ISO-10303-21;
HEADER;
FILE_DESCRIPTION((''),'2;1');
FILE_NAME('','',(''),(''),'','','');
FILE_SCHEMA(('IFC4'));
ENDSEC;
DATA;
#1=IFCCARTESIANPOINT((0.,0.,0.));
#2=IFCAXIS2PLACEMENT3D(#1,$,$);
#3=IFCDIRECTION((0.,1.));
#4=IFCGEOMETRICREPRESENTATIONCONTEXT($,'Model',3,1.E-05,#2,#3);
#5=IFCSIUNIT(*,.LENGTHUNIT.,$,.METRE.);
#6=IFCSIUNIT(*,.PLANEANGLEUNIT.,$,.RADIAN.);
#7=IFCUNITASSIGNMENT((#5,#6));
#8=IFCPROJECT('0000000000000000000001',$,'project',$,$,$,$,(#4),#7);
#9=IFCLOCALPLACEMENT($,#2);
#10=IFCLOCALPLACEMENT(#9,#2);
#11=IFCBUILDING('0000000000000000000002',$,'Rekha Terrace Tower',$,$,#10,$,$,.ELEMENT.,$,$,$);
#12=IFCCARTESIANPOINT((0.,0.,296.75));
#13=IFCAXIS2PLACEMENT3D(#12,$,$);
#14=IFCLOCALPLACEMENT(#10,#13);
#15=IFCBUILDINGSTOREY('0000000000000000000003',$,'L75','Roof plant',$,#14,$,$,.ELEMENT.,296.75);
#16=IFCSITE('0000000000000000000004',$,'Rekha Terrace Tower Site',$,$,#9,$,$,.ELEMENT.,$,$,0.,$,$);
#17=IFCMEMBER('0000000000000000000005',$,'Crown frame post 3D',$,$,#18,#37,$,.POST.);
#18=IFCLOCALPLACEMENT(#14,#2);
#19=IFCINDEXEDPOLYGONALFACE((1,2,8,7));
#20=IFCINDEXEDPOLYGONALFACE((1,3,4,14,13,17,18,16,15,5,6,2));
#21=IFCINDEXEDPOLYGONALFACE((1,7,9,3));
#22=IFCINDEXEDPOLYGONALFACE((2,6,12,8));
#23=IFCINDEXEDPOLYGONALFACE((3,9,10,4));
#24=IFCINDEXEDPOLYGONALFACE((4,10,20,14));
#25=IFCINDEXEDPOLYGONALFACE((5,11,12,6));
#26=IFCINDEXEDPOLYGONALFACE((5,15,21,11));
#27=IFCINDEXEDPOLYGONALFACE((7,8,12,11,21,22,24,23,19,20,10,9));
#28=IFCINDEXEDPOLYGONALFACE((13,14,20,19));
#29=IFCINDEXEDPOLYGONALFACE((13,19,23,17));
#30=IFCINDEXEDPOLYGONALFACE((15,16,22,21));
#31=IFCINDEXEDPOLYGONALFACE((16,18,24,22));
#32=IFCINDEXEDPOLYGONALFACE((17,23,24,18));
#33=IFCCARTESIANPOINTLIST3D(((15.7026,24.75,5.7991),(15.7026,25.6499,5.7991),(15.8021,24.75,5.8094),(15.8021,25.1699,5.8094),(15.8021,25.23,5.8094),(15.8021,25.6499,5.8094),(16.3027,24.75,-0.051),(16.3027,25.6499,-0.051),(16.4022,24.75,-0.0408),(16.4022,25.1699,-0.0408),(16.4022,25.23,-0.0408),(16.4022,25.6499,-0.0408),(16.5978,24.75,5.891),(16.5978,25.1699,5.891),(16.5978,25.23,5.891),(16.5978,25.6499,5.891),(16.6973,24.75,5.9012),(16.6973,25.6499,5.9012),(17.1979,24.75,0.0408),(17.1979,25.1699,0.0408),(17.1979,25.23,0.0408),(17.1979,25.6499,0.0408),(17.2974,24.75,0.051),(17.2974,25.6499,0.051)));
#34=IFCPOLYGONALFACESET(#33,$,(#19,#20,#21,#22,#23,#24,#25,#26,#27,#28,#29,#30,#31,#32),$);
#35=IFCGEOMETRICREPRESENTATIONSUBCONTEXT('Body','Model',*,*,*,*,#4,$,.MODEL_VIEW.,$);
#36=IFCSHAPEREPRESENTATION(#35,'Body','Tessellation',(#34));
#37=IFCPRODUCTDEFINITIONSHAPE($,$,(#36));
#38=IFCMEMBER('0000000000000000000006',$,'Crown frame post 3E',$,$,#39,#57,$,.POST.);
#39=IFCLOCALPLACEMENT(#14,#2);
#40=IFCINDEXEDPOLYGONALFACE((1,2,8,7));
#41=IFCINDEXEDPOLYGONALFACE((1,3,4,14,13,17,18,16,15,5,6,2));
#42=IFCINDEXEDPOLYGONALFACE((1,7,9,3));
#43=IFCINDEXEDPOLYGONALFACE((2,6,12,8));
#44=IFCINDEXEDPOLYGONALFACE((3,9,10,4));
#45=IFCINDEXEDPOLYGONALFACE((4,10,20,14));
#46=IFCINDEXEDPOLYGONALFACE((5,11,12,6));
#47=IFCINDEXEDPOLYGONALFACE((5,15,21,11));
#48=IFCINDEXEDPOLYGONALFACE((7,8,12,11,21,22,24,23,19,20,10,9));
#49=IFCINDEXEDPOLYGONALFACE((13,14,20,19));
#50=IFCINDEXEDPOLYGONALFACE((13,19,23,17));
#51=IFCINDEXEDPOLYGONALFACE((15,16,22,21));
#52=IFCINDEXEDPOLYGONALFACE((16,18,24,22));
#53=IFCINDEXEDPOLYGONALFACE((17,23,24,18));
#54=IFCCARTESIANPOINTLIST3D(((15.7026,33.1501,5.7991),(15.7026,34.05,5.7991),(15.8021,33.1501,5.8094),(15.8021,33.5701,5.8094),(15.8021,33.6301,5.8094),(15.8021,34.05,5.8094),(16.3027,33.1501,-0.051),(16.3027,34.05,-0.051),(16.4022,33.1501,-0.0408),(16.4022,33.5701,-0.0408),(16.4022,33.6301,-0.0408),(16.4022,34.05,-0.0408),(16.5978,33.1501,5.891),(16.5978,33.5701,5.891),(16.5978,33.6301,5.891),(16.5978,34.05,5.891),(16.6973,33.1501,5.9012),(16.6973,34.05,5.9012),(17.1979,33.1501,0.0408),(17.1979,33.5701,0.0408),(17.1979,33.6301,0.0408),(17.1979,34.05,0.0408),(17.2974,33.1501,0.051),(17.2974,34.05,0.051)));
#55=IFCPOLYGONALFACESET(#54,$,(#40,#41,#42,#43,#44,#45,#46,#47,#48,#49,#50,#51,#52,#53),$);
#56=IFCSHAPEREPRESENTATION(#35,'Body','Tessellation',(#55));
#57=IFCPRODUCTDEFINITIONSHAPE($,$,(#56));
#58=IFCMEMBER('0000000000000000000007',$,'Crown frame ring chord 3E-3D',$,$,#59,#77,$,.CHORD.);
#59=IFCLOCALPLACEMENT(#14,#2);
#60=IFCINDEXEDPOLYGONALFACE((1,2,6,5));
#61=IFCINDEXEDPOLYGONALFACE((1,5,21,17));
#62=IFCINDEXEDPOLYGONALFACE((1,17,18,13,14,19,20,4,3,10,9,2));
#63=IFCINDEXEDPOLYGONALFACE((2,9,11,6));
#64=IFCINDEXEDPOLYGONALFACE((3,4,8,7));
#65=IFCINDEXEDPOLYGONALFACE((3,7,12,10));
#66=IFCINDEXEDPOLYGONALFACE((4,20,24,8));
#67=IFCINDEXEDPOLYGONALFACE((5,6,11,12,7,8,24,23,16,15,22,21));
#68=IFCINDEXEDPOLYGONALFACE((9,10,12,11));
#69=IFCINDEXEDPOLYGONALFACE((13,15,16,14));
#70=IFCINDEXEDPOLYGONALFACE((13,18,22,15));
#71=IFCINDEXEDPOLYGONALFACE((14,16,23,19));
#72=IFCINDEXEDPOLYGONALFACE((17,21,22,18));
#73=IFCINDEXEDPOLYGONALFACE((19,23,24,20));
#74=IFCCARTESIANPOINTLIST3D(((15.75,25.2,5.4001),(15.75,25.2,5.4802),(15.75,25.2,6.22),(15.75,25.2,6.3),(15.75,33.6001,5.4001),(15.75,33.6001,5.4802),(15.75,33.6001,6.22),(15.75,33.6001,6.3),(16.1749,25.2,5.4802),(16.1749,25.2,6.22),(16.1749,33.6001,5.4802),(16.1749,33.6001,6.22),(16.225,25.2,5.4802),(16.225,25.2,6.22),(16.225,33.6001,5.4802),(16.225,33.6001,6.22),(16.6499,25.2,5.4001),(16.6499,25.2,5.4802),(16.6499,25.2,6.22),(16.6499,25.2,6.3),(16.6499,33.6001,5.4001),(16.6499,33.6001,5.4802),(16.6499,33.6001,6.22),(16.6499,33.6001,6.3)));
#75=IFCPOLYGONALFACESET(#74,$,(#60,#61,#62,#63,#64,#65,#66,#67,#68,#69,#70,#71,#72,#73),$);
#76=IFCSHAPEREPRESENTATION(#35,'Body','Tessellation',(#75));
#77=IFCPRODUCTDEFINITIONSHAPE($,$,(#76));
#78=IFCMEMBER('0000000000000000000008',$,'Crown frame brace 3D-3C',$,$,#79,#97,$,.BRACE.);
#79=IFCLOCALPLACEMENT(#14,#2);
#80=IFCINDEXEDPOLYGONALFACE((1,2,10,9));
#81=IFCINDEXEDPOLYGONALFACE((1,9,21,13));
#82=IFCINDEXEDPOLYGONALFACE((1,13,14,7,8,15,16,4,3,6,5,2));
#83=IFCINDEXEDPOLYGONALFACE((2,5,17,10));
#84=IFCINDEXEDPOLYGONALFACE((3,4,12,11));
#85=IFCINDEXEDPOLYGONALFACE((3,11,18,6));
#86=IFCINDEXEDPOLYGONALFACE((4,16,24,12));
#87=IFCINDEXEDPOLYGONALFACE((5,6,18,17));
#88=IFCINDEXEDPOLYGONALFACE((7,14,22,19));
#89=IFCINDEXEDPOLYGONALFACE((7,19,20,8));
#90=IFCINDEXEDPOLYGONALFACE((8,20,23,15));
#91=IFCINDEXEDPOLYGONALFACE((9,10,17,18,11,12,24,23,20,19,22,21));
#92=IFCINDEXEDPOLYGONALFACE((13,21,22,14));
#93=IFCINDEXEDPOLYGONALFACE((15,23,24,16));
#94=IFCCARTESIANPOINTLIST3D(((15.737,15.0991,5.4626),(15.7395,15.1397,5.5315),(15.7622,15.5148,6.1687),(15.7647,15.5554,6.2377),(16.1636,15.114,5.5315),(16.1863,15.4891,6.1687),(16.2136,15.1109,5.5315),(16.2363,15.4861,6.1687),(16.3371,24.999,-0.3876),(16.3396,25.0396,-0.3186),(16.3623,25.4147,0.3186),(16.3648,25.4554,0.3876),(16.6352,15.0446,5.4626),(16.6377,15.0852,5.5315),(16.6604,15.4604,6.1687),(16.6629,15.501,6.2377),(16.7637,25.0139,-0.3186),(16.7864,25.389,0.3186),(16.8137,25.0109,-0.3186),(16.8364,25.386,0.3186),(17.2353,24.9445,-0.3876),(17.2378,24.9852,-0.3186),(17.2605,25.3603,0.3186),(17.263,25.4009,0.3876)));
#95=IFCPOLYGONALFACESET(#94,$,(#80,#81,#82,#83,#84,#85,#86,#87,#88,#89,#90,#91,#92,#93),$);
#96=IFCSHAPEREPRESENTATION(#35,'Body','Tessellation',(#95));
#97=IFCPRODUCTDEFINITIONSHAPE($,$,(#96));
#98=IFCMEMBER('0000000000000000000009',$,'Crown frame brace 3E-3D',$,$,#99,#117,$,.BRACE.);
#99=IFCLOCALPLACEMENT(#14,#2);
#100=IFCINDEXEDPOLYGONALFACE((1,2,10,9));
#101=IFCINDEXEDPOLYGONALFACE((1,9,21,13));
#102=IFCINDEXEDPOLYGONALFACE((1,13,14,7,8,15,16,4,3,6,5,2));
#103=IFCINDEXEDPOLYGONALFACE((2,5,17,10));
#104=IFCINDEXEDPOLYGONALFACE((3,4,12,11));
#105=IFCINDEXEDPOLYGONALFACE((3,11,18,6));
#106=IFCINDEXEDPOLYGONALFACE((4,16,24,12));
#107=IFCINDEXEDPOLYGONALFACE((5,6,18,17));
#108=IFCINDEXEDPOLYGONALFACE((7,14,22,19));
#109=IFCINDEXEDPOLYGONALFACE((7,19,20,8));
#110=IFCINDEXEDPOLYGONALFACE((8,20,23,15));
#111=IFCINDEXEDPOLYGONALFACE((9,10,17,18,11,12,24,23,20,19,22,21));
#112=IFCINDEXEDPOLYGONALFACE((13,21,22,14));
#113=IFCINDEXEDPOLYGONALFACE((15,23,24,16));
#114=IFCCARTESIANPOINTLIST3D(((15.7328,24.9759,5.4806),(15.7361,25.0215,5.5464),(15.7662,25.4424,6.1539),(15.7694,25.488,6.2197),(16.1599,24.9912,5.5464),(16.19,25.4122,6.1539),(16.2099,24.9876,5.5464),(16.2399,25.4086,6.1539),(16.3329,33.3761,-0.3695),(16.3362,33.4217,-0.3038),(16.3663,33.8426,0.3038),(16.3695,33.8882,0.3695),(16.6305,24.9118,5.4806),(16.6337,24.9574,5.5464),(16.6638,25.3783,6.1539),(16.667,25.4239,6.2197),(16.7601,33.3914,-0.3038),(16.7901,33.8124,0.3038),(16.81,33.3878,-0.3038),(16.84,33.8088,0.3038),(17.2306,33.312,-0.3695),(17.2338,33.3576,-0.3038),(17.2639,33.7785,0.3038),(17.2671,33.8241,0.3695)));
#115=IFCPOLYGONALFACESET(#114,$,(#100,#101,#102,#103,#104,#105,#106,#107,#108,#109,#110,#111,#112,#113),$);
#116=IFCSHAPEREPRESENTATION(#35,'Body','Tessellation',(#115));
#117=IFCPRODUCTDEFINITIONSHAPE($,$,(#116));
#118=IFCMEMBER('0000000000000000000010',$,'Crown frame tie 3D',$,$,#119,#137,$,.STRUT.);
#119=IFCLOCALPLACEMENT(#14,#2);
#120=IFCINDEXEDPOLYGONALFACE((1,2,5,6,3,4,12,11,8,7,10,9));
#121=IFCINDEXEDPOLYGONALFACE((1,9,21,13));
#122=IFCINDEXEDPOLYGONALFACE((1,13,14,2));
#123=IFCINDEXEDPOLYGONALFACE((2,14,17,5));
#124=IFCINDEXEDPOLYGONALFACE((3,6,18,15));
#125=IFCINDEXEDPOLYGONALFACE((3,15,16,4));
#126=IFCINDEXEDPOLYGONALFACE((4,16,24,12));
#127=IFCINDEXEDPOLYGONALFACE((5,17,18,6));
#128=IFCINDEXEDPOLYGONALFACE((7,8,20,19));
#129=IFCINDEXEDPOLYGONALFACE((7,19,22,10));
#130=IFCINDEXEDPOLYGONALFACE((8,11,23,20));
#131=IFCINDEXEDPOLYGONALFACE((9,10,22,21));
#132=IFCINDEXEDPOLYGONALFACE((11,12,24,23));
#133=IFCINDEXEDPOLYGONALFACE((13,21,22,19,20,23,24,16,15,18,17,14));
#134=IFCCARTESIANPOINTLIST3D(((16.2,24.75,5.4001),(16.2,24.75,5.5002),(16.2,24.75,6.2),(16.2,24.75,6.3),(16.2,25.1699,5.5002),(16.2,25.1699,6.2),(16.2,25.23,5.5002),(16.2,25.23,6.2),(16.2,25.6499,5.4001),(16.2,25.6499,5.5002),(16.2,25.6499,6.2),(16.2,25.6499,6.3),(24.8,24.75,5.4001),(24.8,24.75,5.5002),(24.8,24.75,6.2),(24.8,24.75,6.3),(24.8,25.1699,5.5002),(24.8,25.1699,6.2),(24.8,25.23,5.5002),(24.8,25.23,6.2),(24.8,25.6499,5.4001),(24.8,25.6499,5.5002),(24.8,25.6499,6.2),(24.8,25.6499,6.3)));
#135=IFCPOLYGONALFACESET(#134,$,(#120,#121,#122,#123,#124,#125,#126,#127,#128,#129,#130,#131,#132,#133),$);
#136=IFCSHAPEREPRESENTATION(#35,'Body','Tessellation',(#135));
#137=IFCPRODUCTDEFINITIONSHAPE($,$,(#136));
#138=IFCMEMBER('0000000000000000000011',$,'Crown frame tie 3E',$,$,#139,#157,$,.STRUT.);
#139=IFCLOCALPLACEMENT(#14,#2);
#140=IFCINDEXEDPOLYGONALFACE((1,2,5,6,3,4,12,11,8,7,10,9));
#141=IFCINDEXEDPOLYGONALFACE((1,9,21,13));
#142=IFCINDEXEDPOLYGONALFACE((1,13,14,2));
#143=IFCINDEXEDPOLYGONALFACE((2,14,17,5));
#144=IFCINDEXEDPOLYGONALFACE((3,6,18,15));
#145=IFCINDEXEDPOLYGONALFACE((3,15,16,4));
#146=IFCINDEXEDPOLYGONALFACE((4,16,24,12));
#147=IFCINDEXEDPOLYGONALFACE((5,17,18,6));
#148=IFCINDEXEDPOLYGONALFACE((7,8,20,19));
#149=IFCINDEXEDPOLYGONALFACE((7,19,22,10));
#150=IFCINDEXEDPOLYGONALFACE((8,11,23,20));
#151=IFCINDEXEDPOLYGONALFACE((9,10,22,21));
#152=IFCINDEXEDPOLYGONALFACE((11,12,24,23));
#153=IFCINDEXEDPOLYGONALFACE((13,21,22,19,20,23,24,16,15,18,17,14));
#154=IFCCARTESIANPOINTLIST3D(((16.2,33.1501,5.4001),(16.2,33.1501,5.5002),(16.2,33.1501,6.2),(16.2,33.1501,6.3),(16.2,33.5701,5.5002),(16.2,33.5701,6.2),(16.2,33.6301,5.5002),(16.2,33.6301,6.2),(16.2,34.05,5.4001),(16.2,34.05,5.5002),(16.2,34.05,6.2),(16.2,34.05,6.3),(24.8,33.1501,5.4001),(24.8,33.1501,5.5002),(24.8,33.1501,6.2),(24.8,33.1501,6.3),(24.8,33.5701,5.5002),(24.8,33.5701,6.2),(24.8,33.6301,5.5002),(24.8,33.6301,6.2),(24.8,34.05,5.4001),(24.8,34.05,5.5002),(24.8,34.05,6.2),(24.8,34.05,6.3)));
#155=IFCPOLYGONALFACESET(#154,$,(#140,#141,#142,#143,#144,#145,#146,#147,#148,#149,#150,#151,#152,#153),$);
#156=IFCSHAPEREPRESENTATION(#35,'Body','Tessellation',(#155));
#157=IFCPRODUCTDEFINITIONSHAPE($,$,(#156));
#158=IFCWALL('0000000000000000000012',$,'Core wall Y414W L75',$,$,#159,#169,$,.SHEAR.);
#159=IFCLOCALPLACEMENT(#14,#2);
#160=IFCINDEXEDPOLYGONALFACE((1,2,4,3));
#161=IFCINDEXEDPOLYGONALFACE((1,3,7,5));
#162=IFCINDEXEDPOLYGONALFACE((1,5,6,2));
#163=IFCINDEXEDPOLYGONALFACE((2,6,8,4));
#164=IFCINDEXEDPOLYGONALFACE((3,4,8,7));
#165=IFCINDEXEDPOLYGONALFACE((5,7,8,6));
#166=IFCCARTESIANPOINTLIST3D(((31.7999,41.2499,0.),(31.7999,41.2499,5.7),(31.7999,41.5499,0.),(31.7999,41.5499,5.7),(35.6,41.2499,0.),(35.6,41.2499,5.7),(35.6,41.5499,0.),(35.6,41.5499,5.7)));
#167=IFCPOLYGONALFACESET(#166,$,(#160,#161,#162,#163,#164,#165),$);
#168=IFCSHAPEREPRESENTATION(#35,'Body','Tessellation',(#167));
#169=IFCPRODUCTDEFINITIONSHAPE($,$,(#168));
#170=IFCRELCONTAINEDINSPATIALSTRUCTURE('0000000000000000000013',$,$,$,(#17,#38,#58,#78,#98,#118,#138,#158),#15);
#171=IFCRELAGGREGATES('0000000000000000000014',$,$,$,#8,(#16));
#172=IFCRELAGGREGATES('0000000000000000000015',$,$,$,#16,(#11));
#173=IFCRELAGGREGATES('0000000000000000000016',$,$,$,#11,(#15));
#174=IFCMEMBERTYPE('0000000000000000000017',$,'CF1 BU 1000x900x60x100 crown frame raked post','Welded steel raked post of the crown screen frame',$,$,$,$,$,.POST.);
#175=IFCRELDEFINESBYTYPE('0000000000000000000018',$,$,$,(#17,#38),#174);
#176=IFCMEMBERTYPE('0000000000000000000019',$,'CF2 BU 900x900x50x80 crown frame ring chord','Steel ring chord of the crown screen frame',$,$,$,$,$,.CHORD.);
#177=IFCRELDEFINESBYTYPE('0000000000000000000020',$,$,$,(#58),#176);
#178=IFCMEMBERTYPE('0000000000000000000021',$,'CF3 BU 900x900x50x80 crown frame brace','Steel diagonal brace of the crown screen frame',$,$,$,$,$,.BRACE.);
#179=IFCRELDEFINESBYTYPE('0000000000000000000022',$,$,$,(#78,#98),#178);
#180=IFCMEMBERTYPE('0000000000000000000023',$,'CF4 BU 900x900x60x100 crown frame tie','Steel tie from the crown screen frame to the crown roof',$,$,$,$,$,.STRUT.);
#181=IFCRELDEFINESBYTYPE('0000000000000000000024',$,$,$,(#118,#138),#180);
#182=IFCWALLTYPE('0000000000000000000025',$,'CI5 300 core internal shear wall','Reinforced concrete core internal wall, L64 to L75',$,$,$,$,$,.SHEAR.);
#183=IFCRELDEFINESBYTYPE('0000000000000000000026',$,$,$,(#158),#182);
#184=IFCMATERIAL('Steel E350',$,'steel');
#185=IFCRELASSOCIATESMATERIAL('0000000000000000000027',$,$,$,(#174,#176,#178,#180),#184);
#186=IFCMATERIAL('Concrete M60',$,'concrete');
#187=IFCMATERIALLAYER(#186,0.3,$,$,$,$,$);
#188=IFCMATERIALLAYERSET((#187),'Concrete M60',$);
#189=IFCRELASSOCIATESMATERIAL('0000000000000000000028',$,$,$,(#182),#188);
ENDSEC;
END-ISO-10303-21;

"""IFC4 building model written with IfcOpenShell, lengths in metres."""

from ifc_helpers import new_model, si_unit, direction, frame, frame_2d, origin, origin_2d, place, context, subcontext, project, spatial, rectangle, i_section, extrude, material, layer, layer_set, material_profile, profile_set, type_object, element, save


model = new_model("IFC4")

# Units and contexts
model_context = context("Model", 3, precision=1e-05, world=origin(), true_north=direction((0.0, 1.0)))
body_context = subcontext(model_context, "Body", "Model", "MODEL_VIEW")
ifc_project = project(units=[si_unit("LENGTHUNIT", "METRE"), si_unit("PLANEANGLEUNIT", "RADIAN")], contexts=[model_context])

# Site, building, storey
site_placement = place(None, origin())
site = spatial("IfcSite", under=ifc_project, at=site_placement, Name="Rekha Terrace Tower Site", CompositionType="ELEMENT", RefElevation=0.0)
building_placement = place(site_placement, origin())
building = spatial("IfcBuilding", under=site, at=building_placement, Name="Rekha Terrace Tower", CompositionType="ELEMENT")
storey_placement = place(building_placement, frame((0.0, 0.0, 296.75)))
storey = spatial("IfcBuildingStorey", under=building, at=storey_placement, Name="L75", Description="Roof plant", CompositionType="ELEMENT", Elevation=296.75)

# Members
ifc_material_1 = material(Name="Steel E350", Category="steel")
ifc_material_profile_1 = material_profile(ifc_material_1, i_section(OverallWidth=0.8999, OverallDepth=1.0, WebThickness=0.0601, FlangeThickness=0.1001, at=origin_2d()), Name="BU 1000x900x60x100")
ifc_profile_set_1 = profile_set([ifc_material_profile_1], Name="Steel E350")
member_type_1 = type_object("IfcMemberType", Name="CF1 BU 1000x900x60x100 crown frame raked post", Description="Welded steel raked post of the crown screen frame", PredefinedType="POST", material=ifc_profile_set_1)
for number, where, z_axis, x_axis, name in (
    (1, (16.8, 25.2, 0.0), (-0.102044, 0.0, 0.99478), (0.0, -1.0, 0.0), "Crown frame post 3D"),
    (2, (16.8, 33.6001, 0.0), (-0.102044, 0.0, 0.99478), (0.0, -1.0, 0.0), "Crown frame post 3E"),
):
    element("IfcMember", number, at=place(storey_placement, frame(where, z_axis=z_axis, x_axis=x_axis)), inside=storey, type_object=member_type_1, Name=name, PredefinedType="POST", context=body_context, shape_type="SweptSolid", body=[
        extrude(i_section(OverallWidth=0.8999, OverallDepth=1.0, WebThickness=0.0601, FlangeThickness=0.1001, at=origin_2d()), origin(), (0.0, 0.0, 1.0), 5.8809),
    ])
ifc_material_profile_2 = material_profile(ifc_material_1, i_section(OverallWidth=0.8999, OverallDepth=0.8999, WebThickness=0.05, FlangeThickness=0.0801, at=origin_2d()), Name="BU 900x900x50x80")
ifc_profile_set_2 = profile_set([ifc_material_profile_2], Name="Steel E350")
member_type_2 = type_object("IfcMemberType", Name="CF2 BU 900x900x50x80 crown frame ring chord", Description="Steel ring chord of the crown screen frame", PredefinedType="CHORD", material=ifc_profile_set_2)
member_1_placement = place(storey_placement, frame((16.2, 33.6001, 5.8501), z_axis=(0.0, -1.0, 0.0), x_axis=(1.0, 0.0, 0.0)))
element("IfcMember", 3, at=member_1_placement, inside=storey, type_object=member_type_2, Name="Crown frame ring chord 3E-3D", PredefinedType="CHORD", context=body_context, shape_type="SweptSolid", body=[
    extrude(i_section(OverallWidth=0.8999, OverallDepth=0.8999, WebThickness=0.05, FlangeThickness=0.0801, at=origin_2d()), origin(), (0.0, 0.0, 1.0), 8.4001),
])
ifc_material_profile_3 = material_profile(ifc_material_1, i_section(OverallWidth=0.8999, OverallDepth=0.8999, WebThickness=0.05, FlangeThickness=0.0801, at=origin_2d()), Name="BU 900x900x50x80")
ifc_profile_set_3 = profile_set([ifc_material_profile_3], Name="Steel E350")
member_type_3 = type_object("IfcMemberType", Name="CF3 BU 900x900x50x80 crown frame brace", Description="Steel diagonal brace of the crown screen frame", PredefinedType="BRACE", material=ifc_profile_set_3)
member_2_placement = place(storey_placement, frame((16.8, 25.2, 0.0), z_axis=(-0.052115, -0.859751, 0.508048), x_axis=(0.998168, -0.060505, 0.0)))
element("IfcMember", 4, at=member_2_placement, inside=storey, type_object=member_type_3, Name="Crown frame brace 3D-3C", PredefinedType="BRACE", context=body_context, shape_type="SweptSolid", body=[
    extrude(i_section(OverallWidth=0.8999, OverallDepth=0.8999, WebThickness=0.05, FlangeThickness=0.0801, at=origin_2d()), origin(), (0.0, 0.0, 1.0), 11.5149),
])
member_3_placement = place(storey_placement, frame((16.8, 33.6001, 0.0), z_axis=(-0.058523, -0.8192, 0.570514), x_axis=(0.997458, -0.071257, 0.0)))
element("IfcMember", 5, at=member_3_placement, inside=storey, type_object=member_type_3, Name="Crown frame brace 3E-3D", PredefinedType="BRACE", context=body_context, shape_type="SweptSolid", body=[
    extrude(i_section(OverallWidth=0.8999, OverallDepth=0.8999, WebThickness=0.05, FlangeThickness=0.0801, at=origin_2d()), origin(), (0.0, 0.0, 1.0), 10.2542),
])
ifc_material_profile_4 = material_profile(ifc_material_1, i_section(OverallWidth=0.8999, OverallDepth=0.8999, WebThickness=0.0601, FlangeThickness=0.1001, at=origin_2d()), Name="BU 900x900x60x100")
ifc_profile_set_4 = profile_set([ifc_material_profile_4], Name="Steel E350")
member_type_4 = type_object("IfcMemberType", Name="CF4 BU 900x900x60x100 crown frame tie", Description="Steel tie from the crown screen frame to the crown roof", PredefinedType="STRUT", material=ifc_profile_set_4)
for number, where, z_axis, x_axis, name in (
    (6, (16.2, 25.2, 5.8501), (1.0, 0.0, 0.0), (0.0, 1.0, 0.0), "Crown frame tie 3D"),
    (7, (16.2, 33.6001, 5.8501), (1.0, 0.0, 0.0), (0.0, 1.0, 0.0), "Crown frame tie 3E"),
):
    element("IfcMember", number, at=place(storey_placement, frame(where, z_axis=z_axis, x_axis=x_axis)), inside=storey, type_object=member_type_4, Name=name, PredefinedType="STRUT", context=body_context, shape_type="SweptSolid", body=[
        extrude(i_section(OverallWidth=0.8999, OverallDepth=0.8999, WebThickness=0.0601, FlangeThickness=0.1001, at=origin_2d()), origin(), (0.0, 0.0, 1.0), 8.6001),
    ])

# Wall
ifc_material_2 = material(Name="Concrete M60", Category="concrete")
ifc_layer_1 = layer(ifc_material_2, 0.3)
ifc_layer_set_1 = layer_set([ifc_layer_1], Name="Concrete M60")
wall_type_1 = type_object("IfcWallType", Name="CI5 300 core internal shear wall", Description="Reinforced concrete core internal wall, L64 to L75", PredefinedType="SHEAR", material=ifc_layer_set_1)
wall_1_placement = place(storey_placement, frame((31.8, 41.3999, 0.0), z_axis=(0.0, 0.0, 1.0), x_axis=(1.0, 0.0, 0.0)))
element("IfcWall", 8, at=wall_1_placement, inside=storey, type_object=wall_type_1, Name="Core wall Y414W L75", PredefinedType="SHEAR", context=body_context, shape_type="SweptSolid", body=[
    extrude(rectangle(XDim=3.8, YDim=0.3, at=frame_2d((1.8999, 0.0))), origin(), (0.0, 0.0, 1.0), 5.7),
])

save(model, "model.ifc")
